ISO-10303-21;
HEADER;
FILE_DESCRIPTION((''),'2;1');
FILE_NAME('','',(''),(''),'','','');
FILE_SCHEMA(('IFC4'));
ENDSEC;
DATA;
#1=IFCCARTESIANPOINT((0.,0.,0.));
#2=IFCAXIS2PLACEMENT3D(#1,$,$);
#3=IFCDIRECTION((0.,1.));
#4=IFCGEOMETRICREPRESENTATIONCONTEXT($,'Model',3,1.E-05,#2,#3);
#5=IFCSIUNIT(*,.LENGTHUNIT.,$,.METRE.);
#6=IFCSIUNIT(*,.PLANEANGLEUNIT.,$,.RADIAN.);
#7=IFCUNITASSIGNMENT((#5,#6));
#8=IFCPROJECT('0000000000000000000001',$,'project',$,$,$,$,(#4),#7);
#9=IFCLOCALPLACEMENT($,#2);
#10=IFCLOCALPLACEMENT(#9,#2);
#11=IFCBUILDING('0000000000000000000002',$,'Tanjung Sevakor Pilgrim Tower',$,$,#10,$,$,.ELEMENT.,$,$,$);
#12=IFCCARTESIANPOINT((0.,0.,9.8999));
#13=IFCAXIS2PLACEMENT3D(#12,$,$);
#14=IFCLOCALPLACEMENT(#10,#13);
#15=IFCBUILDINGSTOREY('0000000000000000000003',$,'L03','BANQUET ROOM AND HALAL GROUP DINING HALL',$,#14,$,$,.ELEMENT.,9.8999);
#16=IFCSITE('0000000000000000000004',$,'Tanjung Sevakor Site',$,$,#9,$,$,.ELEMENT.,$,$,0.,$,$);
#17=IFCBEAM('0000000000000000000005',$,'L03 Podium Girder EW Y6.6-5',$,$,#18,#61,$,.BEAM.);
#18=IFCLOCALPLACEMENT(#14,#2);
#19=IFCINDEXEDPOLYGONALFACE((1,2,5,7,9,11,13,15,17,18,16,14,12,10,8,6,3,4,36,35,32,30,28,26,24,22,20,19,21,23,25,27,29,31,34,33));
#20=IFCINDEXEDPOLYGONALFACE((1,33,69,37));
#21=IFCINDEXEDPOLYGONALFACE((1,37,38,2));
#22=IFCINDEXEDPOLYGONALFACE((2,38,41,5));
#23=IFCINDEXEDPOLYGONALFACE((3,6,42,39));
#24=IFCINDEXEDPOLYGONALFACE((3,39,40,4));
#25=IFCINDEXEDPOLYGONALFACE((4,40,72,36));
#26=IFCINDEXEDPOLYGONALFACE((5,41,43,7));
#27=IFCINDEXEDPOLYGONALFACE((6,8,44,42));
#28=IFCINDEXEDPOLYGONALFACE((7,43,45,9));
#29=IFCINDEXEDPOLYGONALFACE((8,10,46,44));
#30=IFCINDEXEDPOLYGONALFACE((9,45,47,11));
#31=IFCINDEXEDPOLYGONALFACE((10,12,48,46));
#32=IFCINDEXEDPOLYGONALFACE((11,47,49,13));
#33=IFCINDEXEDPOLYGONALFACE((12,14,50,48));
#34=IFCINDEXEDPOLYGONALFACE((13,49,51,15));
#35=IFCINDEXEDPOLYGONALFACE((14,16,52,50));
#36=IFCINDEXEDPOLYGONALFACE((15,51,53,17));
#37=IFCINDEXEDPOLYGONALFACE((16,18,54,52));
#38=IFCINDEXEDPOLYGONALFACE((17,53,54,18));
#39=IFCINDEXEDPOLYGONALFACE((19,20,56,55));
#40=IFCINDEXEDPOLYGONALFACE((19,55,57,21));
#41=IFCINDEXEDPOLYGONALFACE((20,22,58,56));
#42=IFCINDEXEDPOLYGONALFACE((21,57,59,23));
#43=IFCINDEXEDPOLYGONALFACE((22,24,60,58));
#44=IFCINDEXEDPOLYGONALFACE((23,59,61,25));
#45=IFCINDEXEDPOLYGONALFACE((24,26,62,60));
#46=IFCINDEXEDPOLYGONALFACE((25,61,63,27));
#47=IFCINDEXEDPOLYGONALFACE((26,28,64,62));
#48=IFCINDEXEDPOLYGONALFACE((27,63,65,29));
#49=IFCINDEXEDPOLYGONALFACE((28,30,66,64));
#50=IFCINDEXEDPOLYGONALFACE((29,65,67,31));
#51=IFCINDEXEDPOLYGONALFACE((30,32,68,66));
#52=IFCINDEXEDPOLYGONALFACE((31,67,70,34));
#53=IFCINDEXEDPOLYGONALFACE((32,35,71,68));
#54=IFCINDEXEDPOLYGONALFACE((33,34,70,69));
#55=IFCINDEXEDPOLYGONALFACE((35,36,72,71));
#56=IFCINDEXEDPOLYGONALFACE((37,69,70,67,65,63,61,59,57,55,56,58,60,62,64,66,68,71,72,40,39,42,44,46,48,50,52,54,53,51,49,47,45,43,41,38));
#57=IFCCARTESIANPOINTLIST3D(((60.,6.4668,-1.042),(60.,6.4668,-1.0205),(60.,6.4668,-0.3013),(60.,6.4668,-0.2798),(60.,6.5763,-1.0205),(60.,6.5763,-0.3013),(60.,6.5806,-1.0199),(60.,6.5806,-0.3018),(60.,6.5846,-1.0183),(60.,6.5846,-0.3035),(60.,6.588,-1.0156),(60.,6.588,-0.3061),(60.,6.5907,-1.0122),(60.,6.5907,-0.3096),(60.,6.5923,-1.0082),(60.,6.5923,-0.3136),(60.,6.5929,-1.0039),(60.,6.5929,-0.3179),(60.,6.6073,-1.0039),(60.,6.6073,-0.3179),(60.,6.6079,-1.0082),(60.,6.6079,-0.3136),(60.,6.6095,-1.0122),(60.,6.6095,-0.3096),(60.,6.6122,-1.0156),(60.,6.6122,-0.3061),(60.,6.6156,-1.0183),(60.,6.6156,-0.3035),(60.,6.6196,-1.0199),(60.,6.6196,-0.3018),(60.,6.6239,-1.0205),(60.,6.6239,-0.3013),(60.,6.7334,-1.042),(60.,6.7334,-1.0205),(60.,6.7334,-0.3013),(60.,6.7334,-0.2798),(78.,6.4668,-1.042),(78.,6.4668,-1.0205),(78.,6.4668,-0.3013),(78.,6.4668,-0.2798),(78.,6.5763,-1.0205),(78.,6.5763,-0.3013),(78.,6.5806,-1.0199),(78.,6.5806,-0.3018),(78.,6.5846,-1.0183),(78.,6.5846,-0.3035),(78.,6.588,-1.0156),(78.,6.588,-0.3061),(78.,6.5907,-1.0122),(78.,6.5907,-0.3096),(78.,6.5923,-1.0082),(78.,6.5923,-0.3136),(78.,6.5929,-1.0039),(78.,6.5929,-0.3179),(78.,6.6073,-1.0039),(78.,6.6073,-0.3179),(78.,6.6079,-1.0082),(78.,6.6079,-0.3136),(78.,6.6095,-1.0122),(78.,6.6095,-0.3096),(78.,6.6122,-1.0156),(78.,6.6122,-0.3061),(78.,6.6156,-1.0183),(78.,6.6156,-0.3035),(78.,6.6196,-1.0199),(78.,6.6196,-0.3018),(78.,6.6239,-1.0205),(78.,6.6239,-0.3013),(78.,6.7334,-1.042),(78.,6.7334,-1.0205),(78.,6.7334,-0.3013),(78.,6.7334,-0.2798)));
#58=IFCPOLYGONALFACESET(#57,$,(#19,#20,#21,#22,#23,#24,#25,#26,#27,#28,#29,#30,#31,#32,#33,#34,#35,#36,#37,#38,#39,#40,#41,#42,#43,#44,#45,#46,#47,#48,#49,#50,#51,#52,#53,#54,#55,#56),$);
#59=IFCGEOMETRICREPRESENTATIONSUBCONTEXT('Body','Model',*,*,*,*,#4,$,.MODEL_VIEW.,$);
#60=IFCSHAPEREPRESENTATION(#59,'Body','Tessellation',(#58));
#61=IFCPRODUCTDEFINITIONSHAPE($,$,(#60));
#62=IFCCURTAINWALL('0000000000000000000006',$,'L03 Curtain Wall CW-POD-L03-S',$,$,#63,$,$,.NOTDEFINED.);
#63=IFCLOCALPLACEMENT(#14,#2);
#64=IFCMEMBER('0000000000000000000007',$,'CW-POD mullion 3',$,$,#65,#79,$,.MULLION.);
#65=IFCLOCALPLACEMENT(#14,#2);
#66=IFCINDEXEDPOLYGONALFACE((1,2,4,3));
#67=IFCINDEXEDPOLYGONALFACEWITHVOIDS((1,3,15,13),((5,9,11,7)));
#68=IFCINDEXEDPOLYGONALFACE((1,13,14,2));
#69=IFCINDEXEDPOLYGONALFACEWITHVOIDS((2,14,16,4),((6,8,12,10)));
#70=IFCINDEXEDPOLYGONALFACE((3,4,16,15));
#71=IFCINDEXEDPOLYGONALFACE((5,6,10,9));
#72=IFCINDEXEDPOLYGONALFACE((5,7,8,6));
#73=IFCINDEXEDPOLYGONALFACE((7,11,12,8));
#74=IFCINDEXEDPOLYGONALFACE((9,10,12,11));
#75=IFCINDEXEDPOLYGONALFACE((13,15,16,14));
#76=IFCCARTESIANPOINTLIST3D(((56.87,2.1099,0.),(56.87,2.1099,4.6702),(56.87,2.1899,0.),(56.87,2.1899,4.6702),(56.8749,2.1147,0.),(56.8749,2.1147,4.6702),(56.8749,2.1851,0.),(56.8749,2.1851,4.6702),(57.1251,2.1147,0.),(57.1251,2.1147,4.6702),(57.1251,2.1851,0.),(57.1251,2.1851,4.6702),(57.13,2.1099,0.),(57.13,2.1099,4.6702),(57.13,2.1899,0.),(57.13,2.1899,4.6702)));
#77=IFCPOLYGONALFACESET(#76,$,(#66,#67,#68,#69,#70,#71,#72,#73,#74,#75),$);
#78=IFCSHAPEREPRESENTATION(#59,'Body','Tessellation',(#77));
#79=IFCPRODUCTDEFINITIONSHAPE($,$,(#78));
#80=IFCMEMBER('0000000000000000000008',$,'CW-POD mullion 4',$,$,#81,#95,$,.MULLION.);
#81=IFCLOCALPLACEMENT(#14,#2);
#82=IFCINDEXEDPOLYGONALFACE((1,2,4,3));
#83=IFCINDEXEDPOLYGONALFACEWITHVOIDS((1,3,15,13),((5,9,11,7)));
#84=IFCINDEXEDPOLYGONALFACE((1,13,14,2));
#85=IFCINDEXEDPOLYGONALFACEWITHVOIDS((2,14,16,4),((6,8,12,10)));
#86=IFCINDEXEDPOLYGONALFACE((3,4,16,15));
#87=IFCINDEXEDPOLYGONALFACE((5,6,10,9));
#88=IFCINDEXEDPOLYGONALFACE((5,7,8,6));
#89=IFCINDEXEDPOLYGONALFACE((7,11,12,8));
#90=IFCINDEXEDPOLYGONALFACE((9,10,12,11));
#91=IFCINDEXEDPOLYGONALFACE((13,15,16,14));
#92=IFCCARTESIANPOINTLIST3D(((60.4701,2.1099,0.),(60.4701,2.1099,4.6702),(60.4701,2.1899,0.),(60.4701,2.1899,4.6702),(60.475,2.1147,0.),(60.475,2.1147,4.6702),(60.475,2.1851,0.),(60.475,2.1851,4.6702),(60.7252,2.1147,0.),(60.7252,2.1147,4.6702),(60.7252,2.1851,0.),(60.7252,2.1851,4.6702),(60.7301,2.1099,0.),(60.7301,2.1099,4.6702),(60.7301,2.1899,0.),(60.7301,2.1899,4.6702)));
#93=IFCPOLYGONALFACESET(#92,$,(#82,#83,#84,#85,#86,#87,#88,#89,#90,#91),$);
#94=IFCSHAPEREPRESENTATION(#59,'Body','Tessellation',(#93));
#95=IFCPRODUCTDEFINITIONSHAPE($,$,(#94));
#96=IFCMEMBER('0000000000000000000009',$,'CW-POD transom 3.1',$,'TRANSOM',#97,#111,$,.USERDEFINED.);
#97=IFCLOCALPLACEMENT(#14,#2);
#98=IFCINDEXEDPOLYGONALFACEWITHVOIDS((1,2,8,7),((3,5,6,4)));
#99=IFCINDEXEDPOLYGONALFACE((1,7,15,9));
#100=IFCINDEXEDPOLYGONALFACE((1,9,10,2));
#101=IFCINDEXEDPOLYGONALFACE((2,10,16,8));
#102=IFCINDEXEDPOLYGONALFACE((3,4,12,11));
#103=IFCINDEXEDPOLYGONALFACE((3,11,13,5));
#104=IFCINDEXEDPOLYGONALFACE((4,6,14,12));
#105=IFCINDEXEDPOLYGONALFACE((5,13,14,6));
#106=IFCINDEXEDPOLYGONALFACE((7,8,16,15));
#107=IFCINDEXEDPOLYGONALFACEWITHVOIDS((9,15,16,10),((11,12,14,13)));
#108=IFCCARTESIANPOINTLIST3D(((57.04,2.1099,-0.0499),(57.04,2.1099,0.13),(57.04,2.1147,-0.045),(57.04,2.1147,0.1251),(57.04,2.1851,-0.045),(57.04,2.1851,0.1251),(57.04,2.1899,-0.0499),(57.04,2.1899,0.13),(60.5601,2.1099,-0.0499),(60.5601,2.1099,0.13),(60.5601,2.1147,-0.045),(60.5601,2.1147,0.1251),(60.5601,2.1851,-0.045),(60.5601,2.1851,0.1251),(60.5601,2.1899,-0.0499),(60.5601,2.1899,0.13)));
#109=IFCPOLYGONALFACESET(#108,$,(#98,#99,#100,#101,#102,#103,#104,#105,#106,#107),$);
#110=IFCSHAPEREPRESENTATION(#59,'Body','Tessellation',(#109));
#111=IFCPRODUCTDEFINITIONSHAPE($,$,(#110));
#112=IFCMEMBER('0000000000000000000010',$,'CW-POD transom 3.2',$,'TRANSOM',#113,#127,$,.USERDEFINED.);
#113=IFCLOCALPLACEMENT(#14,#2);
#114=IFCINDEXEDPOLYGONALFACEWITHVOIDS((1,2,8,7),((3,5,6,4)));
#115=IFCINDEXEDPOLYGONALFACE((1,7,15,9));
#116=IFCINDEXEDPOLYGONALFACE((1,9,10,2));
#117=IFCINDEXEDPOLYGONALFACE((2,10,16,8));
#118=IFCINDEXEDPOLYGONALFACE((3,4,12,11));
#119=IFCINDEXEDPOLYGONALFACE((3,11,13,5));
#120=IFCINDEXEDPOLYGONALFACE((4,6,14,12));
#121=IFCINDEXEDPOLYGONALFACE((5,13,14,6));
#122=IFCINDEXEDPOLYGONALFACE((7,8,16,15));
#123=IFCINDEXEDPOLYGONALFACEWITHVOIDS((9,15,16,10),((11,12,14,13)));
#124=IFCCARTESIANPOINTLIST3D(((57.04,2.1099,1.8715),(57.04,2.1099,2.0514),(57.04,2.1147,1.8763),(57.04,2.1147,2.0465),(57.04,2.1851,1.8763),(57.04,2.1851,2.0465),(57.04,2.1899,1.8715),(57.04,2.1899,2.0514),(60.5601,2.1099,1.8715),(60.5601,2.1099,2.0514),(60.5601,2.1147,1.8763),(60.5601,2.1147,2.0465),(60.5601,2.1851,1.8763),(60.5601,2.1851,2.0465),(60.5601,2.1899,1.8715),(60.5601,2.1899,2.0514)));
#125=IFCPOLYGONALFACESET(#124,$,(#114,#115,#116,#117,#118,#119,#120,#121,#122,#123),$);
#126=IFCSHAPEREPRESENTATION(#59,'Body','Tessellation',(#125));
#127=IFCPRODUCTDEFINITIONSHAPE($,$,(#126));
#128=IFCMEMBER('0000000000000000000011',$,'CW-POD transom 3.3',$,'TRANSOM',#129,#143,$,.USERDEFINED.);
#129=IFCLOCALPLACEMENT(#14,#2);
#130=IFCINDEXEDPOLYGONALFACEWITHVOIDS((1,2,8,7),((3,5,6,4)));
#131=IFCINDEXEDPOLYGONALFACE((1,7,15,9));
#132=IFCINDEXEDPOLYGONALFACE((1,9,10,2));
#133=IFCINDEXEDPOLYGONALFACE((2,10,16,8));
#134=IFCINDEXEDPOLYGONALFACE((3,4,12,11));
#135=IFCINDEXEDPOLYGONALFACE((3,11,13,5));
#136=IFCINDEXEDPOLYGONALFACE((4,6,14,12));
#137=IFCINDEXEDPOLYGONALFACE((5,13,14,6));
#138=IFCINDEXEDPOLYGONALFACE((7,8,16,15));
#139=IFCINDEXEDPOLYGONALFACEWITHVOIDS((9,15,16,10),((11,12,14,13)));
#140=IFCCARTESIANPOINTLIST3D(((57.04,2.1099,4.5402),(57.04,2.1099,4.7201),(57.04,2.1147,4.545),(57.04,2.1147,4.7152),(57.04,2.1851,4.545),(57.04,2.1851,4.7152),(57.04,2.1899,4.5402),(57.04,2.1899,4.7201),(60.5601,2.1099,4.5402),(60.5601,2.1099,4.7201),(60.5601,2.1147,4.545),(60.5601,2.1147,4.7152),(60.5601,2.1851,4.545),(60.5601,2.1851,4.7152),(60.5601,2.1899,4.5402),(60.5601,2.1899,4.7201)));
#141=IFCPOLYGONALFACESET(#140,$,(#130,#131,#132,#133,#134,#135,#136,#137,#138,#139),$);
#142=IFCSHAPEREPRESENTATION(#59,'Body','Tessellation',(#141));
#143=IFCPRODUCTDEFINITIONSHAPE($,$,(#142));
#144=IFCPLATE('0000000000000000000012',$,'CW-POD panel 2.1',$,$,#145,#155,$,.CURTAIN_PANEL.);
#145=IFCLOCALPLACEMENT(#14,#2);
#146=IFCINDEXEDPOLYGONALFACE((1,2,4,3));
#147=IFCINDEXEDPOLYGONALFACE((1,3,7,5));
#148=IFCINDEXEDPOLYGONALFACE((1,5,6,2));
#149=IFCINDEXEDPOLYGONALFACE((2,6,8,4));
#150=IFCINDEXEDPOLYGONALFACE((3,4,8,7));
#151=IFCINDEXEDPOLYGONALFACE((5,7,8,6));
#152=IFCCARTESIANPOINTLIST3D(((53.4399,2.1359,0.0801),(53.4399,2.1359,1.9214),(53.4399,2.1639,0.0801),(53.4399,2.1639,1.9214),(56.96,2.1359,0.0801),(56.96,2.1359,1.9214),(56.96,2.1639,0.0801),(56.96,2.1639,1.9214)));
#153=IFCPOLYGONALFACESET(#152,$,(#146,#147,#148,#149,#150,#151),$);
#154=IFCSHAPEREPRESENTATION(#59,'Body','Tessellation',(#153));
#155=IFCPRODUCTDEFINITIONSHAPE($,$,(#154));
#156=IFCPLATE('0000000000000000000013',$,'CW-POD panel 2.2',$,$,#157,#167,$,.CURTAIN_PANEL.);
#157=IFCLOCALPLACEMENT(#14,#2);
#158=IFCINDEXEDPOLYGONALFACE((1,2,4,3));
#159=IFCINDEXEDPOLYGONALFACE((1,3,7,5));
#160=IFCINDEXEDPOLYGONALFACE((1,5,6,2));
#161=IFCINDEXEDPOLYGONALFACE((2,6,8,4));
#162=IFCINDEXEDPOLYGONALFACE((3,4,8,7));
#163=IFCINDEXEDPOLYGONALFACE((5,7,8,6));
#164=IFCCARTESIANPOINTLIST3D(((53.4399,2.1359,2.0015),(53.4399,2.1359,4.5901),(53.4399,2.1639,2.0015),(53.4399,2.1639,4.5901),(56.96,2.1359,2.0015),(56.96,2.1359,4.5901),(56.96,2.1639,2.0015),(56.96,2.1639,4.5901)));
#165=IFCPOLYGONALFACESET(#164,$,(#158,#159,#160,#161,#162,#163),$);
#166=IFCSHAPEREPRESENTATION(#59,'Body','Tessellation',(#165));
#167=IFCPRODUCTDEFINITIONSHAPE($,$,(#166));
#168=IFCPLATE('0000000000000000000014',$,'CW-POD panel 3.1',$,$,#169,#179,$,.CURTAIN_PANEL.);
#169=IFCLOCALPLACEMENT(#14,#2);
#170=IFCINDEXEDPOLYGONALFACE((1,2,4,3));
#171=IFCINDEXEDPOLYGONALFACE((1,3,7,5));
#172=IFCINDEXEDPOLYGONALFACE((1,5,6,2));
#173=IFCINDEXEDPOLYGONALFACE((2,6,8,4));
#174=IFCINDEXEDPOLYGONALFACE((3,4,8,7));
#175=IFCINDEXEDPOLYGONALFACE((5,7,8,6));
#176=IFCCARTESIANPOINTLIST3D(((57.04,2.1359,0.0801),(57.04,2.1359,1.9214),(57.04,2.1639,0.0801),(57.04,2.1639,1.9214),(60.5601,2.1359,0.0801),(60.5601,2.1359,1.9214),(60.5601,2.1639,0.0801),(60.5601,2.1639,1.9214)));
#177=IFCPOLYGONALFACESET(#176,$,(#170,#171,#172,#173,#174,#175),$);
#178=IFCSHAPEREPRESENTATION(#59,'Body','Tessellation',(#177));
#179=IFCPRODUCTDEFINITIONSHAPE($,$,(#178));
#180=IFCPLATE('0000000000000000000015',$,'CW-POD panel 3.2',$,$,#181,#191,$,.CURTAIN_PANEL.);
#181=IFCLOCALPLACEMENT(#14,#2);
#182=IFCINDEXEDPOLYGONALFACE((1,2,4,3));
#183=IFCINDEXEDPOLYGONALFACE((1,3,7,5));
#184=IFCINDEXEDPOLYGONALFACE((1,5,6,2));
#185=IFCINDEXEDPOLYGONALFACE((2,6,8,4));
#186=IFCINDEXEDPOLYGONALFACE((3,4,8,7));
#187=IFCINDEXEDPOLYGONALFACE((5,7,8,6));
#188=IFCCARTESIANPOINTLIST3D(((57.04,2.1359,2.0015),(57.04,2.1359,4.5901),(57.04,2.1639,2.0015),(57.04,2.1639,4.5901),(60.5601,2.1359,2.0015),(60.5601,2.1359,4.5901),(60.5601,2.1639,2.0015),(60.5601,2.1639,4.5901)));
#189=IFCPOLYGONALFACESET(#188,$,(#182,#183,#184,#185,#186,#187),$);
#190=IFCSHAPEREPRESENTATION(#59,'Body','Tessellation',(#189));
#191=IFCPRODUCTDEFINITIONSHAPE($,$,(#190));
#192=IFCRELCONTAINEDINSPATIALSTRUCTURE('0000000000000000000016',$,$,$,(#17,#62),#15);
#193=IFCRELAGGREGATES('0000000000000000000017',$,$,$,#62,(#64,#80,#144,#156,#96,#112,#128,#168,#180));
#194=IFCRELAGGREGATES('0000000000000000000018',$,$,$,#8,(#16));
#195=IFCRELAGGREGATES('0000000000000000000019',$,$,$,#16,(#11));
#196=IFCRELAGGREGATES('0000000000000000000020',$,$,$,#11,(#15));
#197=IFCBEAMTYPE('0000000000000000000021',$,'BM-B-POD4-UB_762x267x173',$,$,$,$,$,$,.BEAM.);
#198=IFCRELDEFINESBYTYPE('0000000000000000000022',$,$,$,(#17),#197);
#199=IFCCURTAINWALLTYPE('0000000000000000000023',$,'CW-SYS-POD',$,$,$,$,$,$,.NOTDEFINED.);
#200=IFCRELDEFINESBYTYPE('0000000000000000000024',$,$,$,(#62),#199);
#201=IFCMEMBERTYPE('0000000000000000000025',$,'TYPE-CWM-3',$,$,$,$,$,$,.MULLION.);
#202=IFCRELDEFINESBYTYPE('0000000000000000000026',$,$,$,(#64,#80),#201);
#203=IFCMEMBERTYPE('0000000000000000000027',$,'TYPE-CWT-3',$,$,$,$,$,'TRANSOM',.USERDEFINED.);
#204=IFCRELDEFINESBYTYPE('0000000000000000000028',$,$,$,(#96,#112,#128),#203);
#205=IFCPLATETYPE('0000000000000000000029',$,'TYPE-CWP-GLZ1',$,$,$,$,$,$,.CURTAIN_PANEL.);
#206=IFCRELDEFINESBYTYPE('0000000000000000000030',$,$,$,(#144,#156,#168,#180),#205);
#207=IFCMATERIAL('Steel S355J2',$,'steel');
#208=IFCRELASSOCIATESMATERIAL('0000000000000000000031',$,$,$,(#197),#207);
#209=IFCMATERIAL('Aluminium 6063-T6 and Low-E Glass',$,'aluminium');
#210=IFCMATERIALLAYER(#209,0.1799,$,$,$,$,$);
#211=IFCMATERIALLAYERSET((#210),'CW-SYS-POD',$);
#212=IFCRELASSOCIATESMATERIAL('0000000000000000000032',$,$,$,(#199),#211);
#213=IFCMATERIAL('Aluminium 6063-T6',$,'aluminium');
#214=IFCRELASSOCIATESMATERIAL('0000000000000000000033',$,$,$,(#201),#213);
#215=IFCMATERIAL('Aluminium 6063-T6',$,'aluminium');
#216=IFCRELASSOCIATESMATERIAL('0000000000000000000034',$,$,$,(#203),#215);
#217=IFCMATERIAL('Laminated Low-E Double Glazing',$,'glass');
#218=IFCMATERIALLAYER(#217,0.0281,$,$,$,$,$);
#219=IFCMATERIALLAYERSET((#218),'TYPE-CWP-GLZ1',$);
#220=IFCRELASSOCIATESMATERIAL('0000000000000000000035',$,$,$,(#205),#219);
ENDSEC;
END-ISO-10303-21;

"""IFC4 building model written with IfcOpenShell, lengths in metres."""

from ifc_helpers import new_model, si_unit, direction, frame, origin, origin_2d, place, context, subcontext, project, spatial, rectangle, hollow_rectangle, i_section, extrude, material, layer, layer_set, material_profile, profile_set, type_object, element, aggregate, save


model = new_model("IFC4")

# Units and contexts
model_context = context("Model", 3, precision=1e-05, world=origin(), true_north=direction((0.0, 1.0)))
body_context = subcontext(model_context, "Body", "Model", "MODEL_VIEW")
ifc_project = project(units=[si_unit("LENGTHUNIT", "METRE"), si_unit("PLANEANGLEUNIT", "RADIAN")], contexts=[model_context])

# Site, building, storey
site_placement = place(None, origin())
site = spatial("IfcSite", under=ifc_project, at=site_placement, Name="Tanjung Sevakor Site", CompositionType="ELEMENT", RefElevation=0.0)
building_placement = place(site_placement, origin())
building = spatial("IfcBuilding", under=site, at=building_placement, Name="Tanjung Sevakor Pilgrim Tower", CompositionType="ELEMENT")
storey_placement = place(building_placement, frame((0.0, 0.0, 9.8999)))
storey = spatial("IfcBuildingStorey", under=building, at=storey_placement, Name="L03", Description="BANQUET ROOM AND HALAL GROUP DINING HALL", CompositionType="ELEMENT", Elevation=9.8999)

# Beam
ifc_material_1 = material(Name="Steel S355J2", Category="steel")
ifc_material_profile_1 = material_profile(ifc_material_1, i_section(OverallWidth=0.2666, OverallDepth=0.7622, WebThickness=0.0144, FlangeThickness=0.0215, FilletRadius=0.0166, at=origin_2d()))
ifc_profile_set_1 = profile_set([ifc_material_profile_1], Name="Steel S355J2")
beam_type_1 = type_object("IfcBeamType", Name="BM-B-POD4-UB_762x267x173", PredefinedType="BEAM", material=ifc_profile_set_1)
beam_1_placement = place(storey_placement, frame((60.0, 6.6001, -0.6609), z_axis=(1.0, 0.0, 0.0), x_axis=(0.0, 1.0, 0.0)))
element("IfcBeam", 1, at=beam_1_placement, inside=storey, type_object=beam_type_1, Name="L03 Podium Girder EW Y6.6-5", PredefinedType="BEAM", context=body_context, shape_type="SweptSolid", body=[
    extrude(i_section(OverallWidth=0.2666, OverallDepth=0.7622, WebThickness=0.0144, FlangeThickness=0.0215, FilletRadius=0.0166, at=origin_2d()), origin(), (0.0, 0.0, 1.0), 18.0),
])

# Curtain wall, members, plates
ifc_material_2 = material(Name="Aluminium 6063-T6 and Low-E Glass", Category="aluminium")
ifc_layer_1 = layer(ifc_material_2, 0.1799)
ifc_layer_set_1 = layer_set([ifc_layer_1], Name="CW-SYS-POD")
curtain_wall_type = type_object("IfcCurtainWallType", Name="CW-SYS-POD", PredefinedType="NOTDEFINED", material=ifc_layer_set_1)
curtain_wall_placement = place(storey_placement, origin())
curtain_wall = element("IfcCurtainWall", 2, at=curtain_wall_placement, inside=storey, type_object=curtain_wall_type, Name="L03 Curtain Wall CW-POD-L03-S", PredefinedType="NOTDEFINED")
ifc_material_3 = material(Name="Aluminium 6063-T6", Category="aluminium")
ifc_material_profile_2 = material_profile(ifc_material_3, hollow_rectangle(XDim=0.0801, YDim=0.26, WallThickness=0.0049, at=origin_2d()))
ifc_profile_set_2 = profile_set([ifc_material_profile_2], Name="Aluminium 6063-T6")
member_type_1 = type_object("IfcMemberType", Name="TYPE-CWM-3", PredefinedType="MULLION", material=ifc_profile_set_2)
member_1_placement = place(storey_placement, frame((57.0, 2.1499, 0.0), z_axis=(0.0, 0.0, 1.0), x_axis=(0.0, 1.0, 0.0)))
member_1 = element("IfcMember", 3, at=member_1_placement, type_object=member_type_1, Name="CW-POD mullion 3", PredefinedType="MULLION", context=body_context, shape_type="SweptSolid", body=[
    extrude(hollow_rectangle(XDim=0.0801, YDim=0.26, WallThickness=0.0049, at=origin_2d()), origin(), (0.0, 0.0, 1.0), 4.6702),
])
member_2_placement = place(storey_placement, frame((60.6001, 2.1499, 0.0), z_axis=(0.0, 0.0, 1.0), x_axis=(0.0, 1.0, 0.0)))
member_2 = element("IfcMember", 4, at=member_2_placement, type_object=member_type_1, Name="CW-POD mullion 4", PredefinedType="MULLION", context=body_context, shape_type="SweptSolid", body=[
    extrude(hollow_rectangle(XDim=0.0801, YDim=0.26, WallThickness=0.0049, at=origin_2d()), origin(), (0.0, 0.0, 1.0), 4.6702),
])
ifc_material_4 = material(Name="Aluminium 6063-T6", Category="aluminium")
ifc_material_profile_3 = material_profile(ifc_material_4, hollow_rectangle(XDim=0.0801, YDim=0.1799, WallThickness=0.0049, at=origin_2d()))
ifc_profile_set_3 = profile_set([ifc_material_profile_3], Name="Aluminium 6063-T6")
member_type_2 = type_object("IfcMemberType", Name="TYPE-CWT-3", ElementType="TRANSOM", PredefinedType="USERDEFINED", material=ifc_profile_set_3)
member_3_placement = place(storey_placement, frame((57.04, 2.1499, 0.04), z_axis=(1.0, 0.0, 0.0), x_axis=(0.0, 1.0, 0.0)))
member_3 = element("IfcMember", 5, at=member_3_placement, type_object=member_type_2, Name="CW-POD transom 3.1", ObjectType="TRANSOM", PredefinedType="USERDEFINED", context=body_context, shape_type="SweptSolid", body=[
    extrude(hollow_rectangle(XDim=0.0801, YDim=0.1799, WallThickness=0.0049, at=origin_2d()), origin(), (0.0, 0.0, 1.0), 3.52),
])
member_4_placement = place(storey_placement, frame((57.04, 2.1499, 1.9614), z_axis=(1.0, 0.0, 0.0), x_axis=(0.0, 1.0, 0.0)))
member_4 = element("IfcMember", 6, at=member_4_placement, type_object=member_type_2, Name="CW-POD transom 3.2", ObjectType="TRANSOM", PredefinedType="USERDEFINED", context=body_context, shape_type="SweptSolid", body=[
    extrude(hollow_rectangle(XDim=0.0801, YDim=0.1799, WallThickness=0.0049, at=origin_2d()), origin(), (0.0, 0.0, 1.0), 3.52),
])
member_5_placement = place(storey_placement, frame((57.04, 2.1499, 4.6301), z_axis=(1.0, 0.0, 0.0), x_axis=(0.0, 1.0, 0.0)))
member_5 = element("IfcMember", 7, at=member_5_placement, type_object=member_type_2, Name="CW-POD transom 3.3", ObjectType="TRANSOM", PredefinedType="USERDEFINED", context=body_context, shape_type="SweptSolid", body=[
    extrude(hollow_rectangle(XDim=0.0801, YDim=0.1799, WallThickness=0.0049, at=origin_2d()), origin(), (0.0, 0.0, 1.0), 3.52),
])
ifc_material_5 = material(Name="Laminated Low-E Double Glazing", Category="glass")
ifc_layer_2 = layer(ifc_material_5, 0.0281)
ifc_layer_set_2 = layer_set([ifc_layer_2], Name="TYPE-CWP-GLZ1")
plate_type = type_object("IfcPlateType", Name="TYPE-CWP-GLZ1", PredefinedType="CURTAIN_PANEL", material=ifc_layer_set_2)
plate_1_placement = place(storey_placement, frame((55.2, 2.1499, 0.0801), z_axis=(0.0, 0.0, 1.0), x_axis=(1.0, 0.0, 0.0)))
plate_1 = element("IfcPlate", 8, at=plate_1_placement, type_object=plate_type, Name="CW-POD panel 2.1", PredefinedType="CURTAIN_PANEL", context=body_context, shape_type="SweptSolid", body=[
    extrude(rectangle(XDim=3.52, YDim=0.0281, at=origin_2d()), origin(), (0.0, 0.0, 1.0), 1.8413),
])
plate_2_placement = place(storey_placement, frame((55.2, 2.1499, 2.0015), z_axis=(0.0, 0.0, 1.0), x_axis=(1.0, 0.0, 0.0)))
plate_2 = element("IfcPlate", 9, at=plate_2_placement, type_object=plate_type, Name="CW-POD panel 2.2", PredefinedType="CURTAIN_PANEL", context=body_context, shape_type="SweptSolid", body=[
    extrude(rectangle(XDim=3.52, YDim=0.0281, at=origin_2d()), origin(), (0.0, 0.0, 1.0), 2.5886),
])
plate_3_placement = place(storey_placement, frame((58.8, 2.1499, 0.0801), z_axis=(0.0, 0.0, 1.0), x_axis=(1.0, 0.0, 0.0)))
plate_3 = element("IfcPlate", 10, at=plate_3_placement, type_object=plate_type, Name="CW-POD panel 3.1", PredefinedType="CURTAIN_PANEL", context=body_context, shape_type="SweptSolid", body=[
    extrude(rectangle(XDim=3.52, YDim=0.0281, at=origin_2d()), origin(), (0.0, 0.0, 1.0), 1.8413),
])
plate_4_placement = place(storey_placement, frame((58.8, 2.1499, 2.0015), z_axis=(0.0, 0.0, 1.0), x_axis=(1.0, 0.0, 0.0)))
plate_4 = element("IfcPlate", 11, at=plate_4_placement, type_object=plate_type, Name="CW-POD panel 3.2", PredefinedType="CURTAIN_PANEL", context=body_context, shape_type="SweptSolid", body=[
    extrude(rectangle(XDim=3.52, YDim=0.0281, at=origin_2d()), origin(), (0.0, 0.0, 1.0), 2.5886),
])
aggregate(curtain_wall, [member_1, member_2, plate_1, plate_2, member_3, member_4, member_5, plate_3, plate_4])

save(model, "model.ifc")
